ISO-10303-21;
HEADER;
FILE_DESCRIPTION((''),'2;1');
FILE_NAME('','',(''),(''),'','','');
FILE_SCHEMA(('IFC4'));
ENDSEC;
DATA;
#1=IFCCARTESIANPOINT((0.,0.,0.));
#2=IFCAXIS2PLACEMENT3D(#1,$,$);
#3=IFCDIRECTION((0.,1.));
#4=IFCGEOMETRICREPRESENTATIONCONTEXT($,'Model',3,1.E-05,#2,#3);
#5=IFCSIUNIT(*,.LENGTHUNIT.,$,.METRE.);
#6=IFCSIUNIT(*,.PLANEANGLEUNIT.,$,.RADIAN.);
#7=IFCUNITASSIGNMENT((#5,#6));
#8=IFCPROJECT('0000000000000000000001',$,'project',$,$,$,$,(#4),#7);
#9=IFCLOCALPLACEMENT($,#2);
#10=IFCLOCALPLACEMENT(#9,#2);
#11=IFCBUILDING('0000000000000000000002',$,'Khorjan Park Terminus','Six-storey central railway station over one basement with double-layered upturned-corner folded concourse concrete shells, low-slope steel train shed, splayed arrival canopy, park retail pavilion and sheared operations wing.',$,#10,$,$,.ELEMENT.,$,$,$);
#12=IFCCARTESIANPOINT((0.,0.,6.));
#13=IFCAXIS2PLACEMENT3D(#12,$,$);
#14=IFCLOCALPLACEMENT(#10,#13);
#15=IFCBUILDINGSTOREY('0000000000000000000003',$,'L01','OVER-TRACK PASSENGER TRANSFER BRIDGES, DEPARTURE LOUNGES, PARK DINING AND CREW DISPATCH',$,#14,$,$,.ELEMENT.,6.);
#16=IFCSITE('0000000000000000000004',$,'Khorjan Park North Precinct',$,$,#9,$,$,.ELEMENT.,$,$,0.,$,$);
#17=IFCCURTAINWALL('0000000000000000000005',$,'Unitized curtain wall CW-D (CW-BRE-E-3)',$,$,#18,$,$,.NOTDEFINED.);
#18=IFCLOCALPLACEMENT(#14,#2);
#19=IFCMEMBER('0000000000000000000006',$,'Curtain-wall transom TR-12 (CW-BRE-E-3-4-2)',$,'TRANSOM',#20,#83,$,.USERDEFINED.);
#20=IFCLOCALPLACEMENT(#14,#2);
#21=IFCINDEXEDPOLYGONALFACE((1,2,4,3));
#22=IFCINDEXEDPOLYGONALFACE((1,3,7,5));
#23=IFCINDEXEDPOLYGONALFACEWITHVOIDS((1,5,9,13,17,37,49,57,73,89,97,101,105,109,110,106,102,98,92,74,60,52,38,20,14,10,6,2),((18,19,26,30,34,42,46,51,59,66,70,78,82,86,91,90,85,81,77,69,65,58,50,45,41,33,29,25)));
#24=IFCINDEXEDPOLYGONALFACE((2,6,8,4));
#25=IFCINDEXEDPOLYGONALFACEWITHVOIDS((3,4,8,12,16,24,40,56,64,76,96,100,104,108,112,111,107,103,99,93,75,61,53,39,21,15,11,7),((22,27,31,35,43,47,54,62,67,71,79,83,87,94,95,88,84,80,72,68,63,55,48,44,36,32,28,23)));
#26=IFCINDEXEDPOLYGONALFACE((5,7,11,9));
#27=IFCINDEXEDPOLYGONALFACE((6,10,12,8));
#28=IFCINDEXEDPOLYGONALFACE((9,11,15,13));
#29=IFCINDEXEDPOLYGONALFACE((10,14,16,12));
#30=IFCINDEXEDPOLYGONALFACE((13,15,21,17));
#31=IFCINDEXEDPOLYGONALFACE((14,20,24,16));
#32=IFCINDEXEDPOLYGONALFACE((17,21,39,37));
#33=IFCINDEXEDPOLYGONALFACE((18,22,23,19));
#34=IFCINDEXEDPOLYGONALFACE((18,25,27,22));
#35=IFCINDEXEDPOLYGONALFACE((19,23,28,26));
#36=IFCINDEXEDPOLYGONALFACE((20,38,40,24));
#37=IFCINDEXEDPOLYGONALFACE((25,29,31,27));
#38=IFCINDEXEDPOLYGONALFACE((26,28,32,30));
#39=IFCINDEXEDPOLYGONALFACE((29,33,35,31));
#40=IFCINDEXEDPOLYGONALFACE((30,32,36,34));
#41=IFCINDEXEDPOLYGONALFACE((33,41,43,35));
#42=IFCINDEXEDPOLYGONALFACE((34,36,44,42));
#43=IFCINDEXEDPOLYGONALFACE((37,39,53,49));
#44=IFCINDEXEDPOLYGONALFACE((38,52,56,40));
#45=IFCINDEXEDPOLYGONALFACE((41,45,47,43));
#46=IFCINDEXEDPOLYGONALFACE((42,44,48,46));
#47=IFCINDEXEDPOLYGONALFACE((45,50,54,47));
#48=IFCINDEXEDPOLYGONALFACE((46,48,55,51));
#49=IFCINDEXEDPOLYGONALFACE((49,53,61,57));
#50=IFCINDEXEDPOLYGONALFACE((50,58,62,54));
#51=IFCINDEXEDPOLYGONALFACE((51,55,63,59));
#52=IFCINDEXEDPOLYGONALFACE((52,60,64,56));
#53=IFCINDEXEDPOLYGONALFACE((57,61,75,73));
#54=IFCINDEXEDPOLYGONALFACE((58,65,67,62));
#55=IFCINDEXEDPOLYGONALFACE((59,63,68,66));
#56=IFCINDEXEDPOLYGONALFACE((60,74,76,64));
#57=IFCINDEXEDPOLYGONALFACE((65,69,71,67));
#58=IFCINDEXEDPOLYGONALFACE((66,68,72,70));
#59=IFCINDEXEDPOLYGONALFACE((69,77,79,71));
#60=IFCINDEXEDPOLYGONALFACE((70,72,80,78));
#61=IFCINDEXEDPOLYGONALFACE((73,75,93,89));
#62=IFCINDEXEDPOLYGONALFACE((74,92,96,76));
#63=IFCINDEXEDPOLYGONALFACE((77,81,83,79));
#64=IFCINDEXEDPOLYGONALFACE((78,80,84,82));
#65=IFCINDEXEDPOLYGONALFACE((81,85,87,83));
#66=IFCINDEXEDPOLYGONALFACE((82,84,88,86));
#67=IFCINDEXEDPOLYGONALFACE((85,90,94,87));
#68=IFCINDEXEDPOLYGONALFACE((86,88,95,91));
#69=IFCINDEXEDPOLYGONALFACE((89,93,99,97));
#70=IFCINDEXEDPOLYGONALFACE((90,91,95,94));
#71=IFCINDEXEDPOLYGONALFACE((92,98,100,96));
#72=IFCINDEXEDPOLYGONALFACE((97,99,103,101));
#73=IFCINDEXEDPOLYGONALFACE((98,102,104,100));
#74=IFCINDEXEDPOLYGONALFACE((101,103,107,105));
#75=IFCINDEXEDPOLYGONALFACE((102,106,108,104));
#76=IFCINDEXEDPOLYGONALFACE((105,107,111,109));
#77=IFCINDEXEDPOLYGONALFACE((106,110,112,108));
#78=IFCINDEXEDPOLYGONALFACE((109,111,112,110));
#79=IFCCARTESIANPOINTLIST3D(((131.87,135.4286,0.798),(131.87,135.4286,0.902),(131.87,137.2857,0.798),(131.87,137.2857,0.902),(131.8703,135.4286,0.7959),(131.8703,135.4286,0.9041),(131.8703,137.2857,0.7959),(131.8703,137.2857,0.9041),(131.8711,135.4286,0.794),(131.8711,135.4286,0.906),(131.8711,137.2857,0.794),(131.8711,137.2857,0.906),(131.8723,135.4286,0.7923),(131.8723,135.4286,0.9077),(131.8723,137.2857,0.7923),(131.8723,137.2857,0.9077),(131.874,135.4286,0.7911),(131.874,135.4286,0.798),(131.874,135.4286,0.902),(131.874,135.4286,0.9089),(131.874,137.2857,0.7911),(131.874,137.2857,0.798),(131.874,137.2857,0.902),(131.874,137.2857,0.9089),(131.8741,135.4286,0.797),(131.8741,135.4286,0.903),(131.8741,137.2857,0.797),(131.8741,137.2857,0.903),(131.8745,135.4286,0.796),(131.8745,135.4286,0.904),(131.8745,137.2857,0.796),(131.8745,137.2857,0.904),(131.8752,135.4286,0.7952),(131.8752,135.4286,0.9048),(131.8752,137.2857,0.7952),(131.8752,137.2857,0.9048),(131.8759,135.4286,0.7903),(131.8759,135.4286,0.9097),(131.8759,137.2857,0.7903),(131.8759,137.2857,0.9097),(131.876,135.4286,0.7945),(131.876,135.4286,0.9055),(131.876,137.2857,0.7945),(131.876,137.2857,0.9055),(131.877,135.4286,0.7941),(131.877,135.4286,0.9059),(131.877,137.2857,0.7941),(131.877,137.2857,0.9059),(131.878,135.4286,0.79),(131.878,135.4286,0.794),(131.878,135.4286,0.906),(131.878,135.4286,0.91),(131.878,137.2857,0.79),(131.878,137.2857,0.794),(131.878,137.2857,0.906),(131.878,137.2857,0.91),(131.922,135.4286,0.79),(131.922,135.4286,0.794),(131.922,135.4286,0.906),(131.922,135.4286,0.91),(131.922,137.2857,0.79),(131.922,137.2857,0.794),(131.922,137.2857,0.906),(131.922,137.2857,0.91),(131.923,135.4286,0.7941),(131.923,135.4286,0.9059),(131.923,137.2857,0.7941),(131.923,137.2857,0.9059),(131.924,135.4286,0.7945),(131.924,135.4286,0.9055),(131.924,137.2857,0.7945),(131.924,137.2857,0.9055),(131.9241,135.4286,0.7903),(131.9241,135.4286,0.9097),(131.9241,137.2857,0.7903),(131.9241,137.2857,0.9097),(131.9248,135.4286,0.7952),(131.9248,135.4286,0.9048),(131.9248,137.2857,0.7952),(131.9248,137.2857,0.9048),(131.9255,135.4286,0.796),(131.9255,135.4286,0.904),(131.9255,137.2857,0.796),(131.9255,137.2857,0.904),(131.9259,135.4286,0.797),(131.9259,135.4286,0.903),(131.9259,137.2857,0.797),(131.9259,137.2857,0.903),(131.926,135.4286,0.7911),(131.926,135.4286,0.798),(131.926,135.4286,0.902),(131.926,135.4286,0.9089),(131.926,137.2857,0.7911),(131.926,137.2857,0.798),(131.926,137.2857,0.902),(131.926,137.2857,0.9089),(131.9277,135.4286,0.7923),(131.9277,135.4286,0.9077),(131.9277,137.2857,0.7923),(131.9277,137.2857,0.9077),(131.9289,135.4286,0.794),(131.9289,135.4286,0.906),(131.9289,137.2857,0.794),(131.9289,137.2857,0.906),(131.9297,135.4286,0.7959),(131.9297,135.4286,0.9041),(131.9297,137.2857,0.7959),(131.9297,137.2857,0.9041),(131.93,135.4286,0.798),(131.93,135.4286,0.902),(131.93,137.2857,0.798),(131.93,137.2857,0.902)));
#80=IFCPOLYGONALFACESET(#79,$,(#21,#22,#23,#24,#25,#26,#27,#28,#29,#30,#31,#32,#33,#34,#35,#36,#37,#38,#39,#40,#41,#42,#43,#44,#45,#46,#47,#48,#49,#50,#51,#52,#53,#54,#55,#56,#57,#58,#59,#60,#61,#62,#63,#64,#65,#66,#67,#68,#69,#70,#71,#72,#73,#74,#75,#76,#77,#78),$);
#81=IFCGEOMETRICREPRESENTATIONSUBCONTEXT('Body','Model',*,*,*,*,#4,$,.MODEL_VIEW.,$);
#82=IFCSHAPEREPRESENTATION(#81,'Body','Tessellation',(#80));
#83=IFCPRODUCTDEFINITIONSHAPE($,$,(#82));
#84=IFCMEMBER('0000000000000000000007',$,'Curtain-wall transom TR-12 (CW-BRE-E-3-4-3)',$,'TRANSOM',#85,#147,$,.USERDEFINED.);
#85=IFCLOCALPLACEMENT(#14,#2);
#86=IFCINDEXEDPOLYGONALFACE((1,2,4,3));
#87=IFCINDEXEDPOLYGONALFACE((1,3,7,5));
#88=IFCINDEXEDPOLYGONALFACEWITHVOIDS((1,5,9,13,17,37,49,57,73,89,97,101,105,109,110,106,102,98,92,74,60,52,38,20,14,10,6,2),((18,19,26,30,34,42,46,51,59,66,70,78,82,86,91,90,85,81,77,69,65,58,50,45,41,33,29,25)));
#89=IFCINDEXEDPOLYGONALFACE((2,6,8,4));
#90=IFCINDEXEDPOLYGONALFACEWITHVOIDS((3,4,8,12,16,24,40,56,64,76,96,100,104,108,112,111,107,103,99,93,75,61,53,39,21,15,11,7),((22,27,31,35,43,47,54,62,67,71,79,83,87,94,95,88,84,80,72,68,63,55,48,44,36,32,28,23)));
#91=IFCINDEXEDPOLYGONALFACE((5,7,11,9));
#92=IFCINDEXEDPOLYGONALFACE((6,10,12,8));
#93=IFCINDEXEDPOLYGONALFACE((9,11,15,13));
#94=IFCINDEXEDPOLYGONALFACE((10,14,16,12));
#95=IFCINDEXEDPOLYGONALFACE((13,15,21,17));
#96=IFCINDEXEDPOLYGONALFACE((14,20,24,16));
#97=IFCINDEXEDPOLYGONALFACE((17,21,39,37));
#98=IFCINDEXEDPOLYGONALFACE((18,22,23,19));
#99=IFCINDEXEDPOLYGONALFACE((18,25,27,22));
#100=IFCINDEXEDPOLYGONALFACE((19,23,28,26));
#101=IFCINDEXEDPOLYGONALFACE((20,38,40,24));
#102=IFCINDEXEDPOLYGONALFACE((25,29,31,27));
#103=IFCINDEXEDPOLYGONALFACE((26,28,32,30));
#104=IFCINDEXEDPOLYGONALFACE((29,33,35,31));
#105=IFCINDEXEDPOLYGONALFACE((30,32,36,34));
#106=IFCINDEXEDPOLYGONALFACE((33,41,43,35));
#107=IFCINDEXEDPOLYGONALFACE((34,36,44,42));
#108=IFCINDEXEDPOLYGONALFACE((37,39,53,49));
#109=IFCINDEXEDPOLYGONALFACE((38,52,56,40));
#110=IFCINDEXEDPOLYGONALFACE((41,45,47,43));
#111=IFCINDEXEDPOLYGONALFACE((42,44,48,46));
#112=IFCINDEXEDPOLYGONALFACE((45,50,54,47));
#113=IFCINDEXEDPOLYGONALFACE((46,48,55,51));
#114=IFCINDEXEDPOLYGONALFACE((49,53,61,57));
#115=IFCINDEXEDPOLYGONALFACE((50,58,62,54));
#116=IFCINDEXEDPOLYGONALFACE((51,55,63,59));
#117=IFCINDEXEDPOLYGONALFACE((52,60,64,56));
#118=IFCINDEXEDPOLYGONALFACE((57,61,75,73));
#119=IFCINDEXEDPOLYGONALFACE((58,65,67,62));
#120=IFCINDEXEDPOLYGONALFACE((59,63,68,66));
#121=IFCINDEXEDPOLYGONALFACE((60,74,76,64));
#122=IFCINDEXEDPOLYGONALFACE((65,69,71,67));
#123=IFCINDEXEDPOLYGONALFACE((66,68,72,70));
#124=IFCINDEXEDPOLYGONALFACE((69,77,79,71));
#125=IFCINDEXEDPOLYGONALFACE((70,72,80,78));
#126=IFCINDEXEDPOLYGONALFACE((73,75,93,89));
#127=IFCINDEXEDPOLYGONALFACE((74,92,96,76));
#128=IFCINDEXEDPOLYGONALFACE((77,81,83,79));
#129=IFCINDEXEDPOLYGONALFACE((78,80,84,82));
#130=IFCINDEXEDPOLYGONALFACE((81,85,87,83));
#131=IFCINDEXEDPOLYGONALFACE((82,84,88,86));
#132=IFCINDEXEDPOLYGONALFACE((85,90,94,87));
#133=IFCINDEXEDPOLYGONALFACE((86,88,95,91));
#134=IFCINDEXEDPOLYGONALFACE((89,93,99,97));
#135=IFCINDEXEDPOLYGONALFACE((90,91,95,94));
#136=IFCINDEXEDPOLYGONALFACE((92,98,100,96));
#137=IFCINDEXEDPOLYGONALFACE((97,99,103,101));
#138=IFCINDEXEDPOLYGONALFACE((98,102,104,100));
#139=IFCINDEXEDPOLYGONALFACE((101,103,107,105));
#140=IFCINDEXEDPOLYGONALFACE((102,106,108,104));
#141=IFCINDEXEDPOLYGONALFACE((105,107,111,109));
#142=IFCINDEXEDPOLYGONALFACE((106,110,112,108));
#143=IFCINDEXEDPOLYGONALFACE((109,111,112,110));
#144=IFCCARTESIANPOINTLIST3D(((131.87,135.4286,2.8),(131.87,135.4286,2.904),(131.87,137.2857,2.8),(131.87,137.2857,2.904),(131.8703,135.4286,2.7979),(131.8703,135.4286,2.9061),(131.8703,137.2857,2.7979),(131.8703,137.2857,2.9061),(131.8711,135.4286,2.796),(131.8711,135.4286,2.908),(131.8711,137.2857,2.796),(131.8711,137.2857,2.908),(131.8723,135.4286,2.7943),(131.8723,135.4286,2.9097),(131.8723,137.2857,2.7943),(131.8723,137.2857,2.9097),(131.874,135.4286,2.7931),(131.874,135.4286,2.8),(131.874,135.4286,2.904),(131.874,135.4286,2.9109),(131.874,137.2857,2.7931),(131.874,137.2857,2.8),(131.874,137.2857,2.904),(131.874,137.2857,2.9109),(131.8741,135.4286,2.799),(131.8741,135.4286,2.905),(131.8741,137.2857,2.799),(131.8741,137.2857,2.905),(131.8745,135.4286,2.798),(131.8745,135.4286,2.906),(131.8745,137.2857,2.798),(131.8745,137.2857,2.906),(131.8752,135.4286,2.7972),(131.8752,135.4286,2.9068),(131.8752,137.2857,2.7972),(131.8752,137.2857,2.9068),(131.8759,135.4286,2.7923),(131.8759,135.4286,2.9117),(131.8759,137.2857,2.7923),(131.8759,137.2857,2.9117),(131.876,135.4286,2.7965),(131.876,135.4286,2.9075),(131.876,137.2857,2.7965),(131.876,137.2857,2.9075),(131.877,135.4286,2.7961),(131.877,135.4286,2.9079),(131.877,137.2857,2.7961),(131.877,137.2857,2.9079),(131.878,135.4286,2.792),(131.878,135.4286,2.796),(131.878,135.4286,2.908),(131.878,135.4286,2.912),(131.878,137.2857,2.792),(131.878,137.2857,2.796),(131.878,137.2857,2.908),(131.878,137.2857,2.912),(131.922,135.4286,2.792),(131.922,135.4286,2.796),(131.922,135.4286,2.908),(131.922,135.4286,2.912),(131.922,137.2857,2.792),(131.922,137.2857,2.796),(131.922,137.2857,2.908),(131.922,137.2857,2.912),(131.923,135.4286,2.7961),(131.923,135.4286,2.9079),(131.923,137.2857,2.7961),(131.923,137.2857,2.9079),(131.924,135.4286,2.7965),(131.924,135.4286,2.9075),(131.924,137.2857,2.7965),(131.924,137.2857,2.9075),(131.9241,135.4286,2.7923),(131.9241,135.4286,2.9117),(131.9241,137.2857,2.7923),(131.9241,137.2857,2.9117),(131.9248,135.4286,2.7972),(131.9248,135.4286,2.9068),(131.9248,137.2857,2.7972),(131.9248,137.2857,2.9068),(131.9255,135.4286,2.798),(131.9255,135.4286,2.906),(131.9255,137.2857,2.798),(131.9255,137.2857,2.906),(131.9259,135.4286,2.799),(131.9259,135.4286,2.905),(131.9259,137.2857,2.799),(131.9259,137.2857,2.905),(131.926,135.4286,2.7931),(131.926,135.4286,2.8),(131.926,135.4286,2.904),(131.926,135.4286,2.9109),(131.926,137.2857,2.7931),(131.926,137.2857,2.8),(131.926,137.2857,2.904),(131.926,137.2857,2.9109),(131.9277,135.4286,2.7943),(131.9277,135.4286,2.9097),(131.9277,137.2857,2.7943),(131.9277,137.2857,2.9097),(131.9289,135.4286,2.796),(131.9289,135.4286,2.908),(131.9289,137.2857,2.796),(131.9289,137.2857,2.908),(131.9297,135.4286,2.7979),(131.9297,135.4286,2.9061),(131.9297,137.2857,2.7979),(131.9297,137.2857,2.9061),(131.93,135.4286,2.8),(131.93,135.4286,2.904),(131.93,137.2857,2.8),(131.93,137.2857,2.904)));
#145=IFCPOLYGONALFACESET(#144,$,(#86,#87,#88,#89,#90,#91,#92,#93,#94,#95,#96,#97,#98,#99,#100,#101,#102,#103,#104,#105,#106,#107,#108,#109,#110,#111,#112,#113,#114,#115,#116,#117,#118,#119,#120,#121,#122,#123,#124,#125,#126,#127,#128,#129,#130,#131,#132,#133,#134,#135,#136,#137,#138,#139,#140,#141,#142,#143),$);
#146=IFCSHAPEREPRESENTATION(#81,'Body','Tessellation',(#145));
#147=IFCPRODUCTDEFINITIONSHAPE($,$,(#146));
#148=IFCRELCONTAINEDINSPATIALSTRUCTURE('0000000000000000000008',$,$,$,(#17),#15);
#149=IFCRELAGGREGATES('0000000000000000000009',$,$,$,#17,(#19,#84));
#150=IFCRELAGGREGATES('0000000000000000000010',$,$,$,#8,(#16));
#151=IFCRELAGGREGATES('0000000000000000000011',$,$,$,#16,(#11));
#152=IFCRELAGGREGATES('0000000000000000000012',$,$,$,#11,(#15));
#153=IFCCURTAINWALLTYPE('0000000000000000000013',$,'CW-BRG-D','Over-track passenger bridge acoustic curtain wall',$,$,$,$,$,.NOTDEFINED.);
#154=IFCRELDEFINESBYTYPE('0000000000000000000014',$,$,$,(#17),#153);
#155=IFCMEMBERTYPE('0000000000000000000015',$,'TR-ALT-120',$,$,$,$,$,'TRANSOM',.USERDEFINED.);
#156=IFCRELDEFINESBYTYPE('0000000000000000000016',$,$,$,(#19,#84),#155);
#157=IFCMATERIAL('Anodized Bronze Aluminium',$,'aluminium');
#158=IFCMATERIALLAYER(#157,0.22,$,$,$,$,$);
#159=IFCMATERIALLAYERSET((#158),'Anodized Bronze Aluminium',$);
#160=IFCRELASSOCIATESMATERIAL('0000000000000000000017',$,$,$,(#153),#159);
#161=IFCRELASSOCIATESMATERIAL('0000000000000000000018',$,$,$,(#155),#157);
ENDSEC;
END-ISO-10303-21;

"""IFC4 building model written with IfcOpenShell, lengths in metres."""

from ifc_helpers import new_model, si_unit, direction, frame, origin, origin_2d, place, context, subcontext, project, spatial, hollow_rectangle, extrude, material, layer, layer_set, material_profile, profile_set, type_object, element, aggregate, save


model = new_model("IFC4")

# Units and contexts
model_context = context("Model", 3, precision=1e-05, world=origin(), true_north=direction((0.0, 1.0)))
body_context = subcontext(model_context, "Body", "Model", "MODEL_VIEW")
ifc_project = project(units=[si_unit("LENGTHUNIT", "METRE"), si_unit("PLANEANGLEUNIT", "RADIAN")], contexts=[model_context])

# Site, building, storey
site_placement = place(None, origin())
site = spatial("IfcSite", under=ifc_project, at=site_placement, Name="Khorjan Park North Precinct", CompositionType="ELEMENT", RefElevation=0.0)
building_placement = place(site_placement, origin())
building = spatial("IfcBuilding", under=site, at=building_placement, Name="Khorjan Park Terminus", Description="Six-storey central railway station over one basement with double-layered upturned-corner folded concourse concrete shells, low-slope steel train shed, splayed arrival canopy, park retail pavilion and sheared operations wing.", CompositionType="ELEMENT")
storey_placement = place(building_placement, frame((0.0, 0.0, 6.0)))
storey = spatial("IfcBuildingStorey", under=building, at=storey_placement, Name="L01", Description="OVER-TRACK PASSENGER TRANSFER BRIDGES, DEPARTURE LOUNGES, PARK DINING AND CREW DISPATCH", CompositionType="ELEMENT", Elevation=6.0)

# Curtain wall, members
ifc_material_1 = material(Name="Anodized Bronze Aluminium", Category="aluminium")
ifc_layer_1 = layer(ifc_material_1, 0.22)
ifc_layer_set_1 = layer_set([ifc_layer_1], Name="Anodized Bronze Aluminium")
curtain_wall_type = type_object("IfcCurtainWallType", Name="CW-BRG-D", Description="Over-track passenger bridge acoustic curtain wall", PredefinedType="NOTDEFINED", material=ifc_layer_set_1)
curtain_wall_placement = place(storey_placement, origin())
curtain_wall = element("IfcCurtainWall", 1, at=curtain_wall_placement, inside=storey, type_object=curtain_wall_type, Name="Unitized curtain wall CW-D (CW-BRE-E-3)", PredefinedType="NOTDEFINED")
ifc_material_profile_1 = material_profile(ifc_material_1, hollow_rectangle(XDim=0.06, YDim=0.12, WallThickness=0.004, InnerFilletRadius=0.004, OuterFilletRadius=0.008, at=origin_2d()), Name="ALT 60x120x4")
ifc_profile_set_1 = profile_set([ifc_material_profile_1], Name="Anodized Bronze Aluminium")
member_type_1 = type_object("IfcMemberType", Name="TR-ALT-120", ElementType="TRANSOM", PredefinedType="USERDEFINED", material=ifc_profile_set_1)
member_1_placement = place(storey_placement, frame((131.9, 135.4286, 0.85), z_axis=(0.0, 1.0, 0.0), x_axis=(-1.0, 0.0, 0.0)))
member_1 = element("IfcMember", 2, at=member_1_placement, type_object=member_type_1, Name="Curtain-wall transom TR-12 (CW-BRE-E-3-4-2)", ObjectType="TRANSOM", PredefinedType="USERDEFINED", context=body_context, shape_type="SweptSolid", body=[
    extrude(hollow_rectangle(XDim=0.06, YDim=0.12, WallThickness=0.004, InnerFilletRadius=0.004, OuterFilletRadius=0.008, at=origin_2d()), origin(), (0.0, 0.0, 1.0), 1.8571),
])
member_2_placement = place(storey_placement, frame((131.9, 135.4286, 2.852), z_axis=(0.0, 1.0, 0.0), x_axis=(-1.0, 0.0, 0.0)))
member_2 = element("IfcMember", 3, at=member_2_placement, type_object=member_type_1, Name="Curtain-wall transom TR-12 (CW-BRE-E-3-4-3)", ObjectType="TRANSOM", PredefinedType="USERDEFINED", context=body_context, shape_type="SweptSolid", body=[
    extrude(hollow_rectangle(XDim=0.06, YDim=0.12, WallThickness=0.004, InnerFilletRadius=0.004, OuterFilletRadius=0.008, at=origin_2d()), origin(), (0.0, 0.0, 1.0), 1.8571),
])
aggregate(curtain_wall, [member_1, member_2])

save(model, "model.ifc")
